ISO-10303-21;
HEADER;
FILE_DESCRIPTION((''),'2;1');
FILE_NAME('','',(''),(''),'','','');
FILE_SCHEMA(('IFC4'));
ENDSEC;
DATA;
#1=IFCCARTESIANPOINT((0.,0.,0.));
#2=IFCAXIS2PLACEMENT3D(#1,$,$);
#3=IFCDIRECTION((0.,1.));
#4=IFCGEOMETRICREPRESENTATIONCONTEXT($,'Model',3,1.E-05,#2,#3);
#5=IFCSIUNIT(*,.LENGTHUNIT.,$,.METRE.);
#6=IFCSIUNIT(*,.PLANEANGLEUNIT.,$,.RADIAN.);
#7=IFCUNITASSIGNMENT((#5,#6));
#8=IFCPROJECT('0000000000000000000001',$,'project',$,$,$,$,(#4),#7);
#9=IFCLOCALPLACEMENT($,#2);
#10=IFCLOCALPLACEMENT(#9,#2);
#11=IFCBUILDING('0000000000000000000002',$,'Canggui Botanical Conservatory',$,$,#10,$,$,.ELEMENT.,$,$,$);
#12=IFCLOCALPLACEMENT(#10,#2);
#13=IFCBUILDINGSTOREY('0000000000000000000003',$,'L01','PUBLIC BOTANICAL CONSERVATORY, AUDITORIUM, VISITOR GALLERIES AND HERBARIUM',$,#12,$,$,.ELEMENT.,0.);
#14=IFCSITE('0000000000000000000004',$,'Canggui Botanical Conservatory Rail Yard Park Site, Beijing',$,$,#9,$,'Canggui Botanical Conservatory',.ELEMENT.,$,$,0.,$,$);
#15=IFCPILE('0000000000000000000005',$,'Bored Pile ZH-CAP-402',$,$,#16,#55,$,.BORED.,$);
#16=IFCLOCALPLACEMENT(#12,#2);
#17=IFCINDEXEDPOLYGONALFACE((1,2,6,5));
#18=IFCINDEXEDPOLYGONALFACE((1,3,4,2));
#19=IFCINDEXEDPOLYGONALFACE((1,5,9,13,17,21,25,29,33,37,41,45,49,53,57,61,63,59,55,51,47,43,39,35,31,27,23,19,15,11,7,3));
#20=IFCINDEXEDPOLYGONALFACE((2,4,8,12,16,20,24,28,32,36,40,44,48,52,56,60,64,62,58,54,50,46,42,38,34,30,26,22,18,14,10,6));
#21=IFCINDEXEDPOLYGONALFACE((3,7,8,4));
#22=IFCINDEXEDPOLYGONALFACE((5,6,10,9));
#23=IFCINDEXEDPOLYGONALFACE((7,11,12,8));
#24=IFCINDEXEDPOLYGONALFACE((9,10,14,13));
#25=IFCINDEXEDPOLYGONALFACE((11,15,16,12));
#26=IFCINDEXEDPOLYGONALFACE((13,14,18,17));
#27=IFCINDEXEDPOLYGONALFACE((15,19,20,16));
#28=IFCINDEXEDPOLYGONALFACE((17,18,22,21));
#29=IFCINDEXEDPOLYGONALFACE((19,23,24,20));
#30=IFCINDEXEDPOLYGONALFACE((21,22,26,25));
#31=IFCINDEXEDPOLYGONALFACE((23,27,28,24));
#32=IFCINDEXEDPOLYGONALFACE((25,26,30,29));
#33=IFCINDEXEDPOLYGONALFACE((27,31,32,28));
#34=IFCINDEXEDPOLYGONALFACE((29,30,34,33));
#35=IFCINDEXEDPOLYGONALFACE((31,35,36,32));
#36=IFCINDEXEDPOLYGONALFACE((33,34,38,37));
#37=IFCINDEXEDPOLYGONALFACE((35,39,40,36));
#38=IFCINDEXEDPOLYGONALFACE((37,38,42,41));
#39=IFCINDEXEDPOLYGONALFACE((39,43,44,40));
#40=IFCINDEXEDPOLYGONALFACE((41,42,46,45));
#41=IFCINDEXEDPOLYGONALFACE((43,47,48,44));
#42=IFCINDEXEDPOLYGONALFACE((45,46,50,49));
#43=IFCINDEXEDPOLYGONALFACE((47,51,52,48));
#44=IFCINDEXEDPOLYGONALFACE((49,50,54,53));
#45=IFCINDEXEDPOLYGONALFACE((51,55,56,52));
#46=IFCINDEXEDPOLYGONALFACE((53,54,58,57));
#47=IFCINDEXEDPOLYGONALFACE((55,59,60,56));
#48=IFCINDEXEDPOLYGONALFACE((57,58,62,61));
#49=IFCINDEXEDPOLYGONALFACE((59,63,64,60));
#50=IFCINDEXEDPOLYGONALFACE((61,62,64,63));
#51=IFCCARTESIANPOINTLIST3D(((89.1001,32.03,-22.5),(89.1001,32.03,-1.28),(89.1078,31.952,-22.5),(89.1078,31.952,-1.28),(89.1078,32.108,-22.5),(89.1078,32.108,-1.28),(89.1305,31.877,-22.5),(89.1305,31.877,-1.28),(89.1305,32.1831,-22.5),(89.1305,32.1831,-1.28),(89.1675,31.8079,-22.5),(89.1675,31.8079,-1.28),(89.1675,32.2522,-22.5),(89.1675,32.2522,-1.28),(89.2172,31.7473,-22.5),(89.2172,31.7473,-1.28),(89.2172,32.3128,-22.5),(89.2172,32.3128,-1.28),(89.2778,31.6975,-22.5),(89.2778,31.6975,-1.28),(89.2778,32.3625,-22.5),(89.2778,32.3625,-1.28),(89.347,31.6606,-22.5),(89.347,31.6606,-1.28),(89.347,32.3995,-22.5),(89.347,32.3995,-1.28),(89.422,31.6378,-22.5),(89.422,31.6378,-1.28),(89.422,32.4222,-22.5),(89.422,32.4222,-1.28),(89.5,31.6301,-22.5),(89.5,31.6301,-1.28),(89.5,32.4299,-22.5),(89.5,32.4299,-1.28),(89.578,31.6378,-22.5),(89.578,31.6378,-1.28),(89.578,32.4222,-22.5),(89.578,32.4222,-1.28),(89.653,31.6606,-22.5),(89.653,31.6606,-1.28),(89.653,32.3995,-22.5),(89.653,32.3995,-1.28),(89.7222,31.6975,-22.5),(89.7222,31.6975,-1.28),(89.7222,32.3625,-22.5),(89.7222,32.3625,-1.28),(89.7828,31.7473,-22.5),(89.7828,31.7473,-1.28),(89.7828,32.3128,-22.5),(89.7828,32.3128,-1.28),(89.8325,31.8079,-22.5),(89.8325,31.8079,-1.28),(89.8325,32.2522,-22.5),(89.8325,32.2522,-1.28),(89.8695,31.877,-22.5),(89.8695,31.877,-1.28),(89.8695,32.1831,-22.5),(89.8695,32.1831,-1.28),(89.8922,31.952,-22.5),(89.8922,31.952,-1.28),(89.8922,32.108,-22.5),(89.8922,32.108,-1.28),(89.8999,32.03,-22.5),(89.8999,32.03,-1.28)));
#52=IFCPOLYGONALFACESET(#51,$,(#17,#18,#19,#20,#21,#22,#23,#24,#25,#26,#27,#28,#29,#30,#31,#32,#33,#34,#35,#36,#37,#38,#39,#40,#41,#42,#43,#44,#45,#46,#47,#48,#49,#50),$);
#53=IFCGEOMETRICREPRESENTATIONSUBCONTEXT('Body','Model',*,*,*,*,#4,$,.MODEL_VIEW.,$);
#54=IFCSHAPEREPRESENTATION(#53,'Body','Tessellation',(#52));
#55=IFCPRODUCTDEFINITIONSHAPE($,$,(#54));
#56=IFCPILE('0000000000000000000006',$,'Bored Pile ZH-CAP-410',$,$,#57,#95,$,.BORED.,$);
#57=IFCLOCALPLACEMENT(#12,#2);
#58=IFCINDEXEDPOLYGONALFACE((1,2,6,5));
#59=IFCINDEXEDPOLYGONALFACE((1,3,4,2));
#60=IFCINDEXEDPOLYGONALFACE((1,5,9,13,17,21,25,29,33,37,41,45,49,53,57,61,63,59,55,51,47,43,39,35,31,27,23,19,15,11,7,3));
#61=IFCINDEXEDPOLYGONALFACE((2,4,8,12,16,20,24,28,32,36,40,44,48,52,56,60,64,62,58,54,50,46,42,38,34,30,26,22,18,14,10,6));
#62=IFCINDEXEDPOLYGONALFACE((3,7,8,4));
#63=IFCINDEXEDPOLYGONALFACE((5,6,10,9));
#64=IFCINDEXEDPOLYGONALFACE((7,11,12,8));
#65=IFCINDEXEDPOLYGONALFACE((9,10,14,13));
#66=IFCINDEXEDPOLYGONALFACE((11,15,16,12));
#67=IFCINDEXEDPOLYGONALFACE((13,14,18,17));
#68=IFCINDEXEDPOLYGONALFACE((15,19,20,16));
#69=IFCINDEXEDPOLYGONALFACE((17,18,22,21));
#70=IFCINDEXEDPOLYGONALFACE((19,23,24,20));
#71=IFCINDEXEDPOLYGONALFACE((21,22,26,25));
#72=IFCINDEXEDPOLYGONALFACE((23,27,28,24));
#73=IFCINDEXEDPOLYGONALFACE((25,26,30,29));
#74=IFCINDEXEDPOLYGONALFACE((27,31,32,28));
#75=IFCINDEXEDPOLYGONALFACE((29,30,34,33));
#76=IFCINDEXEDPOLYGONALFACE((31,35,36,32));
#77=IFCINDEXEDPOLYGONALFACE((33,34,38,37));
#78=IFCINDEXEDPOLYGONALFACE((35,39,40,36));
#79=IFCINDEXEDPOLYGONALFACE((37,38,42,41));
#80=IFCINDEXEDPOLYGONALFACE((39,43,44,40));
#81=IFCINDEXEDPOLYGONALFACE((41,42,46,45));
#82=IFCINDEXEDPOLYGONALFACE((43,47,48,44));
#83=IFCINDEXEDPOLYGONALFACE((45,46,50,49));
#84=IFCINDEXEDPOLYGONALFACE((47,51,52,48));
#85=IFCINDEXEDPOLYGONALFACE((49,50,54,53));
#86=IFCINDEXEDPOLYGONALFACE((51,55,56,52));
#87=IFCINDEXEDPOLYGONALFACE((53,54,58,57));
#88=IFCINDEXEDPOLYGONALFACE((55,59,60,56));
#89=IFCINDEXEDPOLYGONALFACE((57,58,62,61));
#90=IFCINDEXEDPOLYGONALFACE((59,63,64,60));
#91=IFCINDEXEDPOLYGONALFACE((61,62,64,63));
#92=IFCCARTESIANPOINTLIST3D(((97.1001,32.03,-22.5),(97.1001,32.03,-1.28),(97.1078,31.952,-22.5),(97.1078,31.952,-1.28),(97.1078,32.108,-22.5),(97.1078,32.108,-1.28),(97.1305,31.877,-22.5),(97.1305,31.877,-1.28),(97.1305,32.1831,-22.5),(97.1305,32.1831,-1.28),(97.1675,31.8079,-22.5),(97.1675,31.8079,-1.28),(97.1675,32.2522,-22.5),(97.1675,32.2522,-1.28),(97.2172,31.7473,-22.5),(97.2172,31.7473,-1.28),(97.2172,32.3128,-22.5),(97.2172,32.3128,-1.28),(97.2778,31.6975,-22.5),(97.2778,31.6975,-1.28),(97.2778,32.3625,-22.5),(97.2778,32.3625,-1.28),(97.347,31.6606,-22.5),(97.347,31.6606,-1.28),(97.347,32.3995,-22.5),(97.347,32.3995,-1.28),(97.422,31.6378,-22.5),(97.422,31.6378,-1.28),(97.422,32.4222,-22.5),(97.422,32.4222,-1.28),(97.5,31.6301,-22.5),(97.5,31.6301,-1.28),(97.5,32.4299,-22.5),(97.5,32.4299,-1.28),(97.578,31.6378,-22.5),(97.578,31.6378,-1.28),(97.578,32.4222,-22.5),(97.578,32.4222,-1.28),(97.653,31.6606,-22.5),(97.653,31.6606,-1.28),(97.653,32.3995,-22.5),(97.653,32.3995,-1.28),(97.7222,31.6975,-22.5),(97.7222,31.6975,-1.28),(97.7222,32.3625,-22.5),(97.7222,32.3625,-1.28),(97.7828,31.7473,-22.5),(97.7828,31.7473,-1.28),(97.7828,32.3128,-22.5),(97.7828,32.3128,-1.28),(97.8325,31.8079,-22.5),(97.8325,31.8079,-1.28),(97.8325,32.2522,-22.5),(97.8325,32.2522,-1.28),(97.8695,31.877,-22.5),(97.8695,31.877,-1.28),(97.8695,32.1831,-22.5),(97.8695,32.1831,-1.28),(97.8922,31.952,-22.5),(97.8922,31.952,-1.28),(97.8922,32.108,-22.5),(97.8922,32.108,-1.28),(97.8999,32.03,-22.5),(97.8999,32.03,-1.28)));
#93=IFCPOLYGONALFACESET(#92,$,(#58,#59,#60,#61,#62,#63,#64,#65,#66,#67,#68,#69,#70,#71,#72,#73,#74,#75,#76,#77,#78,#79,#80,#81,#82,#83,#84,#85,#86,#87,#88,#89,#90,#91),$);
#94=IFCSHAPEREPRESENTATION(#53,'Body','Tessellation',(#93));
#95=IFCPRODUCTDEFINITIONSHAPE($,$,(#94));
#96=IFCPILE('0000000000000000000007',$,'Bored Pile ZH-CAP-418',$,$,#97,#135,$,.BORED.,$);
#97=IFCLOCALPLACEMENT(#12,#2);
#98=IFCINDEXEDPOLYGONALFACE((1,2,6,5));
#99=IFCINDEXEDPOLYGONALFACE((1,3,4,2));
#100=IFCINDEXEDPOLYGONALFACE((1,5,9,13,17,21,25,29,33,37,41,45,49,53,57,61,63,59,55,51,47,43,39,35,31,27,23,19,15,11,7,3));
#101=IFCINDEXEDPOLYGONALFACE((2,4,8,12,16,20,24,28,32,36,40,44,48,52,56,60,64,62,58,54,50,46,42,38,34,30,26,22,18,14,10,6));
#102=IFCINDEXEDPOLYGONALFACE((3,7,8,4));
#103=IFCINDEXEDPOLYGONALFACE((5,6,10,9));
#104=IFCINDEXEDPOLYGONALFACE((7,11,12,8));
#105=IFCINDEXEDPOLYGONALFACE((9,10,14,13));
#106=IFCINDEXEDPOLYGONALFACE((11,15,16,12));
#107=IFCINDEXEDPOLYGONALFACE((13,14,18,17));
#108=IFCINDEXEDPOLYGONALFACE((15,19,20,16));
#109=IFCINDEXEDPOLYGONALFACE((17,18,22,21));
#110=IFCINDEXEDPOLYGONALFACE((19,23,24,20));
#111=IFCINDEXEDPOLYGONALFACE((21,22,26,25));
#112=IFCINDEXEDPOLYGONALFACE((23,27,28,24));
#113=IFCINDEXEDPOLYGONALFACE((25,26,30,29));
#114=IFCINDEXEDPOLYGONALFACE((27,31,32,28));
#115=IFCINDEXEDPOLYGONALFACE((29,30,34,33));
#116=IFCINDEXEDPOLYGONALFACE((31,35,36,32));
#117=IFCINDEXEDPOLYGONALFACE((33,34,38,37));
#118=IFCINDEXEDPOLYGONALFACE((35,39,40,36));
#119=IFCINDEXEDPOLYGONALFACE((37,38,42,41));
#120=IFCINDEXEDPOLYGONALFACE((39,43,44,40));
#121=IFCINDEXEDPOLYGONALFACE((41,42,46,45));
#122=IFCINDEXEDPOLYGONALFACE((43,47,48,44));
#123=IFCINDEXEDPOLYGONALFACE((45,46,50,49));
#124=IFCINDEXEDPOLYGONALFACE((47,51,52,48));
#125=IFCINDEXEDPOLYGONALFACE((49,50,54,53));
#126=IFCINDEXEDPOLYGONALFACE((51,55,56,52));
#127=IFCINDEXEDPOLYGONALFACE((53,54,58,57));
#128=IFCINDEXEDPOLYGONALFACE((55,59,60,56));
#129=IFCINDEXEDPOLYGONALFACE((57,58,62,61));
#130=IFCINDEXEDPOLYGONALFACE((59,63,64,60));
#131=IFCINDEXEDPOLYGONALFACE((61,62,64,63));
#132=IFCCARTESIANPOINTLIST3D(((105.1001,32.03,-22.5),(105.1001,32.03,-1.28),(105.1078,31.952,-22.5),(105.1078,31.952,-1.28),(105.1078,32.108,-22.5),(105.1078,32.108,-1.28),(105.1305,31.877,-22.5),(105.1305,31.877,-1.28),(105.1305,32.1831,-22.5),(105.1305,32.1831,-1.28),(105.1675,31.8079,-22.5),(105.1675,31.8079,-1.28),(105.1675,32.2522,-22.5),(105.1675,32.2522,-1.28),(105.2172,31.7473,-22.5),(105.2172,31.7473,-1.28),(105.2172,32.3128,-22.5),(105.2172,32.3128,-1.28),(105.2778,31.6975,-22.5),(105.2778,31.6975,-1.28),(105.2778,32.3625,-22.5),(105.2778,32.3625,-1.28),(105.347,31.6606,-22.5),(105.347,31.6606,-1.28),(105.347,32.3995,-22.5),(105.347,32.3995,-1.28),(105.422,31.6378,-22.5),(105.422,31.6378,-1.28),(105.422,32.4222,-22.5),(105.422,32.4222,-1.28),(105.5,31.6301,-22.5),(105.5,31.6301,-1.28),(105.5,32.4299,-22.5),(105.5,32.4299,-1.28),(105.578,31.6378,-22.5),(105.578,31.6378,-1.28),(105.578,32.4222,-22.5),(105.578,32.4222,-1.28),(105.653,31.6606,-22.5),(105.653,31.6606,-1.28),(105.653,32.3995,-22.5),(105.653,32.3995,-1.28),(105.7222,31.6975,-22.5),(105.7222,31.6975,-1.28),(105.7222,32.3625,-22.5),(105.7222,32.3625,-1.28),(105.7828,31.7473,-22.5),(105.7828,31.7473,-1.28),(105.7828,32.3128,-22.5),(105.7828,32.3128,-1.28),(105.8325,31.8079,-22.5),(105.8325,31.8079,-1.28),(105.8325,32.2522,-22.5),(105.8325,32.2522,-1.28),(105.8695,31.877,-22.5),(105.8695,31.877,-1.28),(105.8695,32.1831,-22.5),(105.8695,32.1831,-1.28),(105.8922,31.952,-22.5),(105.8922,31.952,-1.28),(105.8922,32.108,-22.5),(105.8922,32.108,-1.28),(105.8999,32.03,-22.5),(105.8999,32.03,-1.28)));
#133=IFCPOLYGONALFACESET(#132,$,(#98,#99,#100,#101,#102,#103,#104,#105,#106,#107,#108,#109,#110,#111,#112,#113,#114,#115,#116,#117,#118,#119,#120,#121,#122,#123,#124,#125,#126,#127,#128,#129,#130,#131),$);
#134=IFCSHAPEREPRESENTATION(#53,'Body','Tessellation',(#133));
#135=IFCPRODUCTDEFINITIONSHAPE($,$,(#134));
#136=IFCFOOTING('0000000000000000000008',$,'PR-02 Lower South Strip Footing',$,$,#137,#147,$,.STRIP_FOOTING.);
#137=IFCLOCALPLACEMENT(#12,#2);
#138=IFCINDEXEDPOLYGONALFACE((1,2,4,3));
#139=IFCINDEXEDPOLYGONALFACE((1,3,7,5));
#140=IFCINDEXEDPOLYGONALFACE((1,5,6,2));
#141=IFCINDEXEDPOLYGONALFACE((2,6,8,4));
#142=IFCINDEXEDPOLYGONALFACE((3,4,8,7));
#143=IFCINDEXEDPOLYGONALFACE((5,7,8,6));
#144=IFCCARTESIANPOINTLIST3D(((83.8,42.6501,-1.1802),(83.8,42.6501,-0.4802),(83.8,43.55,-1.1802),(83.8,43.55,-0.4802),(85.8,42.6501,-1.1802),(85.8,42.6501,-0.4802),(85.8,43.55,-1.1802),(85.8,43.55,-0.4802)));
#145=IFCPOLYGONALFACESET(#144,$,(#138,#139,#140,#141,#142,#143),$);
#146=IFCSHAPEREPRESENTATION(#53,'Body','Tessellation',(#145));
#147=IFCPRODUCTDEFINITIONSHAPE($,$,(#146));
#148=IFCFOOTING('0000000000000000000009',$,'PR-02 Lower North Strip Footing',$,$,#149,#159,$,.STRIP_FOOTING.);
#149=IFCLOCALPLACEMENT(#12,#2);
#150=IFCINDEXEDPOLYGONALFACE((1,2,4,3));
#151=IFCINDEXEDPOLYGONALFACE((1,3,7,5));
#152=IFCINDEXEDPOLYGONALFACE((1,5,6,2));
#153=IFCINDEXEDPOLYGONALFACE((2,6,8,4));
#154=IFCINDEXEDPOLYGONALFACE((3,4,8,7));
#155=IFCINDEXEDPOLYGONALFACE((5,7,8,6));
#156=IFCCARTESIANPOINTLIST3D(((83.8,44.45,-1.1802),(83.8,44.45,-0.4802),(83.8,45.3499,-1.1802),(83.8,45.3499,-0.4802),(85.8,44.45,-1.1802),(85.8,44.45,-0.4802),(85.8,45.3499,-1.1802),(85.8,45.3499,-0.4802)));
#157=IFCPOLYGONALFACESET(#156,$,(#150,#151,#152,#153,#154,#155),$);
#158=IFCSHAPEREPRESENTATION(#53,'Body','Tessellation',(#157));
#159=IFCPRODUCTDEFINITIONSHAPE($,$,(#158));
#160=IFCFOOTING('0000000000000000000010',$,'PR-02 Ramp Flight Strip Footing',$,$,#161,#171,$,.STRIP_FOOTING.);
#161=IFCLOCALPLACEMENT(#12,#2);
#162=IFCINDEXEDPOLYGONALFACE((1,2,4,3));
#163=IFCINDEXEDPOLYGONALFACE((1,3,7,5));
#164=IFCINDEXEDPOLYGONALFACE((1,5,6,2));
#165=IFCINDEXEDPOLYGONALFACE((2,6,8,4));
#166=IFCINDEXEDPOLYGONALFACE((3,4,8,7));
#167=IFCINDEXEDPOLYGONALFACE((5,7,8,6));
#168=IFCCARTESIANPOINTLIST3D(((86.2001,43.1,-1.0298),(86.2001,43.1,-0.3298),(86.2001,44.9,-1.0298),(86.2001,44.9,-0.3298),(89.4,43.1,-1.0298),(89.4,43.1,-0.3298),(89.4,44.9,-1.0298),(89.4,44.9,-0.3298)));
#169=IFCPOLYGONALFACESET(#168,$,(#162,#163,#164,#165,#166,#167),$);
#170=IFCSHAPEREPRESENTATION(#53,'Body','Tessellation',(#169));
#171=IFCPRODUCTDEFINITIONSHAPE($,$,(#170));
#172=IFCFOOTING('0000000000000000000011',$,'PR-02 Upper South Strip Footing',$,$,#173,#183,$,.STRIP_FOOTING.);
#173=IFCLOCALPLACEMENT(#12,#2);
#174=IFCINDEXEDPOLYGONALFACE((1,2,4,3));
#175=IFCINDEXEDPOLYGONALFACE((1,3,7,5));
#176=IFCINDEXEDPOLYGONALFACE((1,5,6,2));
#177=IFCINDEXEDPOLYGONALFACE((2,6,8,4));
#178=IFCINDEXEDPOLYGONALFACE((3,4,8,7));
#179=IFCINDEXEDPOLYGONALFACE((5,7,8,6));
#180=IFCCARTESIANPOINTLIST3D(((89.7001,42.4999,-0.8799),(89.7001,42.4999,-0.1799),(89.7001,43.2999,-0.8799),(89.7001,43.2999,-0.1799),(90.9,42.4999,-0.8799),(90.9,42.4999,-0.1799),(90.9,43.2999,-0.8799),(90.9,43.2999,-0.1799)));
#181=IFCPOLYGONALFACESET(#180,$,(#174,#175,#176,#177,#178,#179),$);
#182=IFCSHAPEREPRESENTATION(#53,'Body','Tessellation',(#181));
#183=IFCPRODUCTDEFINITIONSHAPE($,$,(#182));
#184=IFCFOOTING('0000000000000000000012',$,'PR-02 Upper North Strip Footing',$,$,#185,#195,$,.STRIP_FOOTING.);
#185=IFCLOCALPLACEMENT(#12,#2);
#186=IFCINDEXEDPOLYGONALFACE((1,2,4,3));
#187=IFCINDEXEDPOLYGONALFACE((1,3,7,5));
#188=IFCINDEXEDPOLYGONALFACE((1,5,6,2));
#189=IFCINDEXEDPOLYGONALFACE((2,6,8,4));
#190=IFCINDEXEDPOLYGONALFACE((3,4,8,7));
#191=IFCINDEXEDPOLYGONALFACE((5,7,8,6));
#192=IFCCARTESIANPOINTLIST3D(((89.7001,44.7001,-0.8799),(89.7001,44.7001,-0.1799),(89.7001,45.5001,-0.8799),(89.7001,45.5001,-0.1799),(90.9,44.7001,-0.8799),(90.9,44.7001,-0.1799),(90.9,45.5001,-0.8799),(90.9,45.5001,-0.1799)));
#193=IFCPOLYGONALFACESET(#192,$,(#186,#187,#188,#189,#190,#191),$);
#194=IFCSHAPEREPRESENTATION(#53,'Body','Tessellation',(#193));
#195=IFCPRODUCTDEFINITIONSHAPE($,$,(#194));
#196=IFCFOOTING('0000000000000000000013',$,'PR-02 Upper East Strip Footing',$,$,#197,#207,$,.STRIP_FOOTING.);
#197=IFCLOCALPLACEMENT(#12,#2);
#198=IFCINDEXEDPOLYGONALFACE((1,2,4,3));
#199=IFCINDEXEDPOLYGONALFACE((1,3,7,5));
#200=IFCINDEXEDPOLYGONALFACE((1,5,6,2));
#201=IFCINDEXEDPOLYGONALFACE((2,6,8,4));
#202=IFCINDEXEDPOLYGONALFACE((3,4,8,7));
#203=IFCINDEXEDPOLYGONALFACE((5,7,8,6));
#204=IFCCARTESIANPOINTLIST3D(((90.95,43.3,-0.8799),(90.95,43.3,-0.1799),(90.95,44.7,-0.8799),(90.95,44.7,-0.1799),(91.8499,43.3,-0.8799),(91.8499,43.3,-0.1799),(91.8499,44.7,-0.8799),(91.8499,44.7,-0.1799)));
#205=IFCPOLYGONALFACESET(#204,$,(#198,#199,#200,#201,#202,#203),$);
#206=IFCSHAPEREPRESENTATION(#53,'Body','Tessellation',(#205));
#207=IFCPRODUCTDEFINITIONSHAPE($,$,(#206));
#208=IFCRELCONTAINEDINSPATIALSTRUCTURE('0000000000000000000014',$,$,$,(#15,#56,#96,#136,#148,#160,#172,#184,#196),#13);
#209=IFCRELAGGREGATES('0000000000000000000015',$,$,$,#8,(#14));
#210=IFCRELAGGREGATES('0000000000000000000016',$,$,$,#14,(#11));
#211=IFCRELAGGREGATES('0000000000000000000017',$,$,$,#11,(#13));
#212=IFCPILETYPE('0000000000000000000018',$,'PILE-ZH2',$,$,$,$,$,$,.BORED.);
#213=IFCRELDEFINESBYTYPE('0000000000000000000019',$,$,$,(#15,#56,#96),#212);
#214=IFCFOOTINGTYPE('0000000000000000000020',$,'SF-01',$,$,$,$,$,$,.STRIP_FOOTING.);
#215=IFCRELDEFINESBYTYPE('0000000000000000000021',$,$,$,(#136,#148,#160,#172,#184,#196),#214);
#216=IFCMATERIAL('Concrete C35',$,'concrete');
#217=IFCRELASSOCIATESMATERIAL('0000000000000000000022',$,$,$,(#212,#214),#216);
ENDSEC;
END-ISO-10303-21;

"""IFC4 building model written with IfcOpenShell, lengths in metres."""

from ifc_helpers import new_model, si_unit, direction, frame, origin, origin_2d, place, context, subcontext, project, spatial, rectangle, circle, extrude, material, material_profile, profile_set, type_object, element, save


model = new_model("IFC4")

# Units and contexts
model_context = context("Model", 3, precision=1e-05, world=origin(), true_north=direction((0.0, 1.0)))
body_context = subcontext(model_context, "Body", "Model", "MODEL_VIEW")
ifc_project = project(units=[si_unit("LENGTHUNIT", "METRE"), si_unit("PLANEANGLEUNIT", "RADIAN")], contexts=[model_context])

# Site, building, storey
site_placement = place(None, origin())
site = spatial("IfcSite", under=ifc_project, at=site_placement, Name="Canggui Botanical Conservatory Rail Yard Park Site, Beijing", LongName="Canggui Botanical Conservatory", CompositionType="ELEMENT", RefElevation=0.0)
building_placement = place(site_placement, origin())
building = spatial("IfcBuilding", under=site, at=building_placement, Name="Canggui Botanical Conservatory", CompositionType="ELEMENT")
storey_placement = place(building_placement, origin())
storey = spatial("IfcBuildingStorey", under=building, at=storey_placement, Name="L01", Description="PUBLIC BOTANICAL CONSERVATORY, AUDITORIUM, VISITOR GALLERIES AND HERBARIUM", CompositionType="ELEMENT", Elevation=0.0)

# Shared definitions
ifc_material_1 = material(Name="Concrete C35", Category="concrete")

# Piles
ifc_material_profile_1 = material_profile(ifc_material_1, circle(Radius=0.3999, at=origin_2d()), Name="PILE D800")
ifc_profile_set_1 = profile_set([ifc_material_profile_1], Name="Concrete C35")
pile_type = type_object("IfcPileType", Name="PILE-ZH2", PredefinedType="BORED", material=ifc_profile_set_1)
for number, where, z_axis, x_axis, name in (
    (1, (89.5, 32.03, -1.28), (0.0, 0.0, -1.0), (1.0, 0.0, 0.0), "Bored Pile ZH-CAP-402"),
    (2, (97.5, 32.03, -1.28), (0.0, 0.0, -1.0), (1.0, 0.0, 0.0), "Bored Pile ZH-CAP-410"),
    (3, (105.5, 32.03, -1.28), (0.0, 0.0, -1.0), (1.0, 0.0, 0.0), "Bored Pile ZH-CAP-418"),
):
    element("IfcPile", number, at=place(storey_placement, frame(where, z_axis=z_axis, x_axis=x_axis)), inside=storey, type_object=pile_type, Name=name, PredefinedType="BORED", context=body_context, shape_type="SweptSolid", body=[
        extrude(circle(Radius=0.3999, at=origin_2d()), origin(), (0.0, 0.0, 1.0), 21.22),
    ])

# Footings
footing_type_1 = type_object("IfcFootingType", Name="SF-01", PredefinedType="STRIP_FOOTING", material=ifc_material_1)
for number, where, z_axis, x_axis, name in (
    (4, (84.8, 43.1001, -1.1802), (0.0, 0.0, 1.0), (1.0, 0.0, 0.0), "PR-02 Lower South Strip Footing"),
    (5, (84.8, 44.8999, -1.1802), (0.0, 0.0, 1.0), (1.0, 0.0, 0.0), "PR-02 Lower North Strip Footing"),
):
    element("IfcFooting", number, at=place(storey_placement, frame(where, z_axis=z_axis, x_axis=x_axis)), inside=storey, type_object=footing_type_1, Name=name, PredefinedType="STRIP_FOOTING", context=body_context, shape_type="SweptSolid", body=[
        extrude(rectangle(XDim=2.0, YDim=0.8999, at=origin_2d()), origin(), (0.0, 0.0, 1.0), 0.7),
    ])
footing_1_placement = place(storey_placement, frame((87.8, 44.0, -1.0298), z_axis=(0.0, 0.0, 1.0), x_axis=(1.0, 0.0, 0.0)))
element("IfcFooting", 6, at=footing_1_placement, inside=storey, type_object=footing_type_1, Name="PR-02 Ramp Flight Strip Footing", PredefinedType="STRIP_FOOTING", context=body_context, shape_type="SweptSolid", body=[
    extrude(rectangle(XDim=3.2, YDim=1.8, at=origin_2d()), origin(), (0.0, 0.0, 1.0), 0.7),
])
for number, where, z_axis, x_axis, name in (
    (7, (90.3, 42.8999, -0.8799), (0.0, 0.0, 1.0), (1.0, 0.0, 0.0), "PR-02 Upper South Strip Footing"),
    (8, (90.3, 45.1001, -0.8799), (0.0, 0.0, 1.0), (1.0, 0.0, 0.0), "PR-02 Upper North Strip Footing"),
):
    element("IfcFooting", number, at=place(storey_placement, frame(where, z_axis=z_axis, x_axis=x_axis)), inside=storey, type_object=footing_type_1, Name=name, PredefinedType="STRIP_FOOTING", context=body_context, shape_type="SweptSolid", body=[
        extrude(rectangle(XDim=1.2, YDim=0.8, at=origin_2d()), origin(), (0.0, 0.0, 1.0), 0.7),
    ])
footing_2_placement = place(storey_placement, frame((91.3999, 44.0, -0.8799), z_axis=(0.0, 0.0, 1.0), x_axis=(1.0, 0.0, 0.0)))
element("IfcFooting", 9, at=footing_2_placement, inside=storey, type_object=footing_type_1, Name="PR-02 Upper East Strip Footing", PredefinedType="STRIP_FOOTING", context=body_context, shape_type="SweptSolid", body=[
    extrude(rectangle(XDim=0.8999, YDim=1.3999, at=origin_2d()), origin(), (0.0, 0.0, 1.0), 0.7),
])

save(model, "model.ifc")
